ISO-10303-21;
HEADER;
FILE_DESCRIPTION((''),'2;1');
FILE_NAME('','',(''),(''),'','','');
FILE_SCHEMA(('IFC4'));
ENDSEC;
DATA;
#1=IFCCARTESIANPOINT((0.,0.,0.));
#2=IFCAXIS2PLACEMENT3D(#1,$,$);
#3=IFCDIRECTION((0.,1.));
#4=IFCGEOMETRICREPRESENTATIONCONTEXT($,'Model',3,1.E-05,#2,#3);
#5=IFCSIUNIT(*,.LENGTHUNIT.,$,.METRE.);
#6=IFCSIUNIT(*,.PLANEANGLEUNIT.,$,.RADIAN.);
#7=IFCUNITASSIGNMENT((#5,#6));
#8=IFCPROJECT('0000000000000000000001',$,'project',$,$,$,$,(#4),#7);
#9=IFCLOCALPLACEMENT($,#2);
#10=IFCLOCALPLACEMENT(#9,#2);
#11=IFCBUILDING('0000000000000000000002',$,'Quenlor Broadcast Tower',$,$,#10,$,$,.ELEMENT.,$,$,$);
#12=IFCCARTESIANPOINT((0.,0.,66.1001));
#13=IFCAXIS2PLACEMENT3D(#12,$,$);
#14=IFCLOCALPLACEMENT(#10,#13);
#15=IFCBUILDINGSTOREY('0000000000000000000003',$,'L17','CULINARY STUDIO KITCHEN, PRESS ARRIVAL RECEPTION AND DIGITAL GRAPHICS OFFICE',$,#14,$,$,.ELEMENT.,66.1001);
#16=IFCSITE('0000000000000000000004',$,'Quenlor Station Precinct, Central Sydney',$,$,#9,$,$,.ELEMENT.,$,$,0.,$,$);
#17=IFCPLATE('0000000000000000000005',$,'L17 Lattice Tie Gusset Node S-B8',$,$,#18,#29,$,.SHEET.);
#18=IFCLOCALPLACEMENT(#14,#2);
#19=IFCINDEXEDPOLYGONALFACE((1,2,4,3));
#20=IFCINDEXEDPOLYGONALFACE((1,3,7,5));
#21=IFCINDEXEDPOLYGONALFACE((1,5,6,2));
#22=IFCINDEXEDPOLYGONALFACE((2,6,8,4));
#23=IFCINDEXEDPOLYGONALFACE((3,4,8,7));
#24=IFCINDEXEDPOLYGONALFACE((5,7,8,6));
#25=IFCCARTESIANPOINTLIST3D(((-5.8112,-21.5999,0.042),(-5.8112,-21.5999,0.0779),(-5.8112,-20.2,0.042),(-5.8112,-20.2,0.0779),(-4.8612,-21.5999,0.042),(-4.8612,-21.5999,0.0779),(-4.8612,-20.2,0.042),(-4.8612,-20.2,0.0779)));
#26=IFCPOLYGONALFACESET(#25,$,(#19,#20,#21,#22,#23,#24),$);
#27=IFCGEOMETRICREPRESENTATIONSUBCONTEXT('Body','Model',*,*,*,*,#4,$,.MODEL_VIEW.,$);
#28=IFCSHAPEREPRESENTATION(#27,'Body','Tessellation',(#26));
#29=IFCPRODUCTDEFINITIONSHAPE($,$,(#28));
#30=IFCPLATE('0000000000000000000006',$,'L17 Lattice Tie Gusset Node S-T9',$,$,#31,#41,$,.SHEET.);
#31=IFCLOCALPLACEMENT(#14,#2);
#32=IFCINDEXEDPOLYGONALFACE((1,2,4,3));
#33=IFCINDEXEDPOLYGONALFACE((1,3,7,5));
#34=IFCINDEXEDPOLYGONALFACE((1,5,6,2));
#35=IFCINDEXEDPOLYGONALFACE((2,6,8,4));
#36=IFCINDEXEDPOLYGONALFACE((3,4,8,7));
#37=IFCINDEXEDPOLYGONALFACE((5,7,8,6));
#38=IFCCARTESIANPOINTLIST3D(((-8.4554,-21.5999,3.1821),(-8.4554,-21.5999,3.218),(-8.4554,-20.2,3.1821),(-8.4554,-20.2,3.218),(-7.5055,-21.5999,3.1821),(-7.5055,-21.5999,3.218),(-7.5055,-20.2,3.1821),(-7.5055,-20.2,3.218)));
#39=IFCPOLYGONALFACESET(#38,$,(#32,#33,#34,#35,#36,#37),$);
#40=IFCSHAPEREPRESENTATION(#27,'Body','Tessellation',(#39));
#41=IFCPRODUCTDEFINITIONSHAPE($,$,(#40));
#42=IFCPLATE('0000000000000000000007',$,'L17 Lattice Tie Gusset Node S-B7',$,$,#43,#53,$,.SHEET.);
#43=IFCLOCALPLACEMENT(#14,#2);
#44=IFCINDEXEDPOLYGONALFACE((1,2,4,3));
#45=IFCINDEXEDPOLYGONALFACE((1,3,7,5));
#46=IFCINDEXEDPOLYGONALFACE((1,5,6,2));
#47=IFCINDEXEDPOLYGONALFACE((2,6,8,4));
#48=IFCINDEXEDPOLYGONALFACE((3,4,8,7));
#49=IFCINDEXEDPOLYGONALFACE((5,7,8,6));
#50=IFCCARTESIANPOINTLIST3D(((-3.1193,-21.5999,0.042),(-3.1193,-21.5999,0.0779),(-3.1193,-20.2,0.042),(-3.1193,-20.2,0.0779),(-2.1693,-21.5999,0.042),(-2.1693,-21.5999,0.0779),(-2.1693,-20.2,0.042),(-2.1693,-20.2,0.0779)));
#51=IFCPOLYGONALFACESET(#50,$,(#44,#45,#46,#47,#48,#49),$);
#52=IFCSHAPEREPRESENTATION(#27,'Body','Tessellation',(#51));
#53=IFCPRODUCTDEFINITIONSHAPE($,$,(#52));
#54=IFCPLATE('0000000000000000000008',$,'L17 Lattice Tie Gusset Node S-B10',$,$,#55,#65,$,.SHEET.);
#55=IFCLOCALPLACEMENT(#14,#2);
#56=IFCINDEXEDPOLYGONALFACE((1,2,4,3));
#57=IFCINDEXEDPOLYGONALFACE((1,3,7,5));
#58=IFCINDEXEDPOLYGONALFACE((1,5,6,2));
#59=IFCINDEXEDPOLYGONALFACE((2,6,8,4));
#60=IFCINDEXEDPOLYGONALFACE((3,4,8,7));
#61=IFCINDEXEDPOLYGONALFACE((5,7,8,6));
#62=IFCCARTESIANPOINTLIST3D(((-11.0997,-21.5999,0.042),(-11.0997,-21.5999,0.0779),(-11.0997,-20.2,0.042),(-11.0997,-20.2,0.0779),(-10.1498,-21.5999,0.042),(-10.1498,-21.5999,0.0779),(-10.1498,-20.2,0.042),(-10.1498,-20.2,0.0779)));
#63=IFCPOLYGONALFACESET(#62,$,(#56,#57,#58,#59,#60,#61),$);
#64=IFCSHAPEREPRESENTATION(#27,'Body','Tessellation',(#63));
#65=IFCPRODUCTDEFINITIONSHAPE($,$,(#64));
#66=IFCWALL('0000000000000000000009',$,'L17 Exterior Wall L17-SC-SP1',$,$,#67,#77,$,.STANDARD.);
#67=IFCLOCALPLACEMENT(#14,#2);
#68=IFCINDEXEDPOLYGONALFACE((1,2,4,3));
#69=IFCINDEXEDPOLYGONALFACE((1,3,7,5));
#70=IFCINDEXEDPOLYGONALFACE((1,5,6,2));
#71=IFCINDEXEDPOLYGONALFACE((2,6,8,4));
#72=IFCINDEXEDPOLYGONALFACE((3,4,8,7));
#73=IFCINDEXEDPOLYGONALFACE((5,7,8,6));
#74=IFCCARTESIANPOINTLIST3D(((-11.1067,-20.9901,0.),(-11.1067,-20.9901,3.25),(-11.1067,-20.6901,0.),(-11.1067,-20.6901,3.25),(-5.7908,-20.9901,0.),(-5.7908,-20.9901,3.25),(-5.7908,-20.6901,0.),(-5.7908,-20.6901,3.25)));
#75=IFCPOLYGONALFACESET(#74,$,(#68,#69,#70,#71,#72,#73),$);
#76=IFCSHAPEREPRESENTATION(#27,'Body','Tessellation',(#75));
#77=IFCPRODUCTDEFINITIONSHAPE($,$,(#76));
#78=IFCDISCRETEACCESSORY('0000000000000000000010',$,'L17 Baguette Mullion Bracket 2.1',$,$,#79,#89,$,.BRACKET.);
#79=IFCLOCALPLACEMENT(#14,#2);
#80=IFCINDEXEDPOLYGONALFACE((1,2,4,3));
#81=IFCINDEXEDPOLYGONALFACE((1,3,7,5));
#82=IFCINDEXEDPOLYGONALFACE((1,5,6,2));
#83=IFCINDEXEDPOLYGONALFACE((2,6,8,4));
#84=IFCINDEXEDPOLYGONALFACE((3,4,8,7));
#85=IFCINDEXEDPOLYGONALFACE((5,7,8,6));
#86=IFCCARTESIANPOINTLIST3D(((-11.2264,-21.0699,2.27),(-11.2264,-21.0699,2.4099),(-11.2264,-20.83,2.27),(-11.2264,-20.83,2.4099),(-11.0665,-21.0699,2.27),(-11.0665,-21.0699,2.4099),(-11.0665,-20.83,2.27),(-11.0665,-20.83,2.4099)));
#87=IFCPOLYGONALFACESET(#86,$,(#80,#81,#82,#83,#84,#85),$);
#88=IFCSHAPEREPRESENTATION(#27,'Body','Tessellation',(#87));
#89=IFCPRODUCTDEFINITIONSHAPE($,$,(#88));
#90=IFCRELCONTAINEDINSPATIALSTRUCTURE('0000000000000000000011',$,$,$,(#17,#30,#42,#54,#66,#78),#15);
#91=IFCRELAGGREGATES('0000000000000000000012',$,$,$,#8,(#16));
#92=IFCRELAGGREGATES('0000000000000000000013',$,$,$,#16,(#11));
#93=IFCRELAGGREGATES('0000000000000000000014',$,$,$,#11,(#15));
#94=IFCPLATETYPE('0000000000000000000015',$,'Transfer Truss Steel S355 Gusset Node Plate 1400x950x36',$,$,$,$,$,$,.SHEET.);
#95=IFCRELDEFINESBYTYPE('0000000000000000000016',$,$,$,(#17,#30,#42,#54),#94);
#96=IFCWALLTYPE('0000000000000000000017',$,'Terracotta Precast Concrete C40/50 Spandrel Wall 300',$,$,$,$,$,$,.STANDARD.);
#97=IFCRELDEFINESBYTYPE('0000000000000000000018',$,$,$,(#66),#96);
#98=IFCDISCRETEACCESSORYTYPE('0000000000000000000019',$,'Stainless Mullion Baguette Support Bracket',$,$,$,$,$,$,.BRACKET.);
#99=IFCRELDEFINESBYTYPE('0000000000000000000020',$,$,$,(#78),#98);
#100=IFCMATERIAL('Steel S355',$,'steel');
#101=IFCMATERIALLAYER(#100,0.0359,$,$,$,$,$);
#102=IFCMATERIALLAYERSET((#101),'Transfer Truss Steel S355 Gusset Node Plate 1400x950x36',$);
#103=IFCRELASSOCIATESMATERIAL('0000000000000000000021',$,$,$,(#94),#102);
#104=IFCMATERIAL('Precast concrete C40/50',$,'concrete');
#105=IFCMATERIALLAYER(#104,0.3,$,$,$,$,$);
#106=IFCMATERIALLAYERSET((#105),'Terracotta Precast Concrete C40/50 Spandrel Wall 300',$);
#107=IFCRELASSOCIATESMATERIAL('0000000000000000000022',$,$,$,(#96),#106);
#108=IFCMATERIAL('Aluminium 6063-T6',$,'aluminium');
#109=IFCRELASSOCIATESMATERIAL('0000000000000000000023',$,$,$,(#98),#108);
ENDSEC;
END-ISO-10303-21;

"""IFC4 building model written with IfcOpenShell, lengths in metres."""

from ifc_helpers import new_model, si_unit, direction, frame, frame_2d, origin, origin_2d, place, context, subcontext, project, spatial, rectangle, extrude, material, layer, layer_set, type_object, element, save


model = new_model("IFC4")

# Units and contexts
model_context = context("Model", 3, precision=1e-05, world=origin(), true_north=direction((0.0, 1.0)))
body_context = subcontext(model_context, "Body", "Model", "MODEL_VIEW")
ifc_project = project(units=[si_unit("LENGTHUNIT", "METRE"), si_unit("PLANEANGLEUNIT", "RADIAN")], contexts=[model_context])

# Site, building, storey
site_placement = place(None, origin())
site = spatial("IfcSite", under=ifc_project, at=site_placement, Name="Quenlor Station Precinct, Central Sydney", CompositionType="ELEMENT", RefElevation=0.0)
building_placement = place(site_placement, origin())
building = spatial("IfcBuilding", under=site, at=building_placement, Name="Quenlor Broadcast Tower", CompositionType="ELEMENT")
storey_placement = place(building_placement, frame((0.0, 0.0, 66.1001)))
storey = spatial("IfcBuildingStorey", under=building, at=storey_placement, Name="L17", Description="CULINARY STUDIO KITCHEN, PRESS ARRIVAL RECEPTION AND DIGITAL GRAPHICS OFFICE", CompositionType="ELEMENT", Elevation=66.1001)

# Plates
ifc_material_1 = material(Name="Steel S355", Category="steel")
ifc_layer_1 = layer(ifc_material_1, 0.0359)
ifc_layer_set_1 = layer_set([ifc_layer_1], Name="Transfer Truss Steel S355 Gusset Node Plate 1400x950x36")
plate_type_1 = type_object("IfcPlateType", Name="Transfer Truss Steel S355 Gusset Node Plate 1400x950x36", PredefinedType="SHEET", material=ifc_layer_set_1)
for number, where, z_axis, x_axis, name in (
    (1, (-5.3362, -20.8999, 0.042), (0.0, 0.0, 1.0), (0.0, -1.0, 0.0), "L17 Lattice Tie Gusset Node S-B8"),
    (2, (-7.9805, -20.8999, 3.1821), (0.0, 0.0, 1.0), (0.0, -1.0, 0.0), "L17 Lattice Tie Gusset Node S-T9"),
    (3, (-2.6443, -20.8999, 0.042), (0.0, 0.0, 1.0), (0.0, -1.0, 0.0), "L17 Lattice Tie Gusset Node S-B7"),
    (4, (-10.6248, -20.8999, 0.042), (0.0, 0.0, 1.0), (0.0, -1.0, 0.0), "L17 Lattice Tie Gusset Node S-B10"),
):
    element("IfcPlate", number, at=place(storey_placement, frame(where, z_axis=z_axis, x_axis=x_axis)), inside=storey, type_object=plate_type_1, Name=name, PredefinedType="SHEET", context=body_context, shape_type="SweptSolid", body=[
        extrude(rectangle(XDim=1.3999, YDim=0.95, at=origin_2d()), origin(), (0.0, 0.0, 1.0), 0.0359),
    ])

# Wall
ifc_material_2 = material(Name="Precast concrete C40/50", Category="concrete")
ifc_layer_2 = layer(ifc_material_2, 0.3)
ifc_layer_set_2 = layer_set([ifc_layer_2], Name="Terracotta Precast Concrete C40/50 Spandrel Wall 300")
wall_type = type_object("IfcWallType", Name="Terracotta Precast Concrete C40/50 Spandrel Wall 300", PredefinedType="STANDARD", material=ifc_layer_set_2)
wall_placement = place(storey_placement, frame((-5.7908, -20.8401, 0.0), z_axis=(0.0, 0.0, 1.0), x_axis=(-1.0, 0.0, 0.0)))
element("IfcWall", 5, at=wall_placement, inside=storey, type_object=wall_type, Name="L17 Exterior Wall L17-SC-SP1", PredefinedType="STANDARD", context=body_context, shape_type="SweptSolid", body=[
    extrude(rectangle(XDim=5.3159, YDim=0.3, at=frame_2d((2.658, 0.0))), origin(), (0.0, 0.0, 1.0), 3.25),
])

# Discrete accessory
ifc_material_3 = material(Name="Aluminium 6063-T6", Category="aluminium")
discrete_accessory_type = type_object("IfcDiscreteAccessoryType", Name="Stainless Mullion Baguette Support Bracket", PredefinedType="BRACKET", material=ifc_material_3)
discrete_accessory_placement = place(storey_placement, frame((-11.1465, -20.95, 2.27), z_axis=(0.0, 0.0, 1.0), x_axis=(-1.0, 0.0, 0.0)))
element("IfcDiscreteAccessory", 6, at=discrete_accessory_placement, inside=storey, type_object=discrete_accessory_type, Name="L17 Baguette Mullion Bracket 2.1", PredefinedType="BRACKET", context=body_context, shape_type="SweptSolid", body=[
    extrude(rectangle(XDim=0.1599, YDim=0.24, at=origin_2d()), origin(), (0.0, 0.0, 1.0), 0.1399),
])

save(model, "model.ifc")
